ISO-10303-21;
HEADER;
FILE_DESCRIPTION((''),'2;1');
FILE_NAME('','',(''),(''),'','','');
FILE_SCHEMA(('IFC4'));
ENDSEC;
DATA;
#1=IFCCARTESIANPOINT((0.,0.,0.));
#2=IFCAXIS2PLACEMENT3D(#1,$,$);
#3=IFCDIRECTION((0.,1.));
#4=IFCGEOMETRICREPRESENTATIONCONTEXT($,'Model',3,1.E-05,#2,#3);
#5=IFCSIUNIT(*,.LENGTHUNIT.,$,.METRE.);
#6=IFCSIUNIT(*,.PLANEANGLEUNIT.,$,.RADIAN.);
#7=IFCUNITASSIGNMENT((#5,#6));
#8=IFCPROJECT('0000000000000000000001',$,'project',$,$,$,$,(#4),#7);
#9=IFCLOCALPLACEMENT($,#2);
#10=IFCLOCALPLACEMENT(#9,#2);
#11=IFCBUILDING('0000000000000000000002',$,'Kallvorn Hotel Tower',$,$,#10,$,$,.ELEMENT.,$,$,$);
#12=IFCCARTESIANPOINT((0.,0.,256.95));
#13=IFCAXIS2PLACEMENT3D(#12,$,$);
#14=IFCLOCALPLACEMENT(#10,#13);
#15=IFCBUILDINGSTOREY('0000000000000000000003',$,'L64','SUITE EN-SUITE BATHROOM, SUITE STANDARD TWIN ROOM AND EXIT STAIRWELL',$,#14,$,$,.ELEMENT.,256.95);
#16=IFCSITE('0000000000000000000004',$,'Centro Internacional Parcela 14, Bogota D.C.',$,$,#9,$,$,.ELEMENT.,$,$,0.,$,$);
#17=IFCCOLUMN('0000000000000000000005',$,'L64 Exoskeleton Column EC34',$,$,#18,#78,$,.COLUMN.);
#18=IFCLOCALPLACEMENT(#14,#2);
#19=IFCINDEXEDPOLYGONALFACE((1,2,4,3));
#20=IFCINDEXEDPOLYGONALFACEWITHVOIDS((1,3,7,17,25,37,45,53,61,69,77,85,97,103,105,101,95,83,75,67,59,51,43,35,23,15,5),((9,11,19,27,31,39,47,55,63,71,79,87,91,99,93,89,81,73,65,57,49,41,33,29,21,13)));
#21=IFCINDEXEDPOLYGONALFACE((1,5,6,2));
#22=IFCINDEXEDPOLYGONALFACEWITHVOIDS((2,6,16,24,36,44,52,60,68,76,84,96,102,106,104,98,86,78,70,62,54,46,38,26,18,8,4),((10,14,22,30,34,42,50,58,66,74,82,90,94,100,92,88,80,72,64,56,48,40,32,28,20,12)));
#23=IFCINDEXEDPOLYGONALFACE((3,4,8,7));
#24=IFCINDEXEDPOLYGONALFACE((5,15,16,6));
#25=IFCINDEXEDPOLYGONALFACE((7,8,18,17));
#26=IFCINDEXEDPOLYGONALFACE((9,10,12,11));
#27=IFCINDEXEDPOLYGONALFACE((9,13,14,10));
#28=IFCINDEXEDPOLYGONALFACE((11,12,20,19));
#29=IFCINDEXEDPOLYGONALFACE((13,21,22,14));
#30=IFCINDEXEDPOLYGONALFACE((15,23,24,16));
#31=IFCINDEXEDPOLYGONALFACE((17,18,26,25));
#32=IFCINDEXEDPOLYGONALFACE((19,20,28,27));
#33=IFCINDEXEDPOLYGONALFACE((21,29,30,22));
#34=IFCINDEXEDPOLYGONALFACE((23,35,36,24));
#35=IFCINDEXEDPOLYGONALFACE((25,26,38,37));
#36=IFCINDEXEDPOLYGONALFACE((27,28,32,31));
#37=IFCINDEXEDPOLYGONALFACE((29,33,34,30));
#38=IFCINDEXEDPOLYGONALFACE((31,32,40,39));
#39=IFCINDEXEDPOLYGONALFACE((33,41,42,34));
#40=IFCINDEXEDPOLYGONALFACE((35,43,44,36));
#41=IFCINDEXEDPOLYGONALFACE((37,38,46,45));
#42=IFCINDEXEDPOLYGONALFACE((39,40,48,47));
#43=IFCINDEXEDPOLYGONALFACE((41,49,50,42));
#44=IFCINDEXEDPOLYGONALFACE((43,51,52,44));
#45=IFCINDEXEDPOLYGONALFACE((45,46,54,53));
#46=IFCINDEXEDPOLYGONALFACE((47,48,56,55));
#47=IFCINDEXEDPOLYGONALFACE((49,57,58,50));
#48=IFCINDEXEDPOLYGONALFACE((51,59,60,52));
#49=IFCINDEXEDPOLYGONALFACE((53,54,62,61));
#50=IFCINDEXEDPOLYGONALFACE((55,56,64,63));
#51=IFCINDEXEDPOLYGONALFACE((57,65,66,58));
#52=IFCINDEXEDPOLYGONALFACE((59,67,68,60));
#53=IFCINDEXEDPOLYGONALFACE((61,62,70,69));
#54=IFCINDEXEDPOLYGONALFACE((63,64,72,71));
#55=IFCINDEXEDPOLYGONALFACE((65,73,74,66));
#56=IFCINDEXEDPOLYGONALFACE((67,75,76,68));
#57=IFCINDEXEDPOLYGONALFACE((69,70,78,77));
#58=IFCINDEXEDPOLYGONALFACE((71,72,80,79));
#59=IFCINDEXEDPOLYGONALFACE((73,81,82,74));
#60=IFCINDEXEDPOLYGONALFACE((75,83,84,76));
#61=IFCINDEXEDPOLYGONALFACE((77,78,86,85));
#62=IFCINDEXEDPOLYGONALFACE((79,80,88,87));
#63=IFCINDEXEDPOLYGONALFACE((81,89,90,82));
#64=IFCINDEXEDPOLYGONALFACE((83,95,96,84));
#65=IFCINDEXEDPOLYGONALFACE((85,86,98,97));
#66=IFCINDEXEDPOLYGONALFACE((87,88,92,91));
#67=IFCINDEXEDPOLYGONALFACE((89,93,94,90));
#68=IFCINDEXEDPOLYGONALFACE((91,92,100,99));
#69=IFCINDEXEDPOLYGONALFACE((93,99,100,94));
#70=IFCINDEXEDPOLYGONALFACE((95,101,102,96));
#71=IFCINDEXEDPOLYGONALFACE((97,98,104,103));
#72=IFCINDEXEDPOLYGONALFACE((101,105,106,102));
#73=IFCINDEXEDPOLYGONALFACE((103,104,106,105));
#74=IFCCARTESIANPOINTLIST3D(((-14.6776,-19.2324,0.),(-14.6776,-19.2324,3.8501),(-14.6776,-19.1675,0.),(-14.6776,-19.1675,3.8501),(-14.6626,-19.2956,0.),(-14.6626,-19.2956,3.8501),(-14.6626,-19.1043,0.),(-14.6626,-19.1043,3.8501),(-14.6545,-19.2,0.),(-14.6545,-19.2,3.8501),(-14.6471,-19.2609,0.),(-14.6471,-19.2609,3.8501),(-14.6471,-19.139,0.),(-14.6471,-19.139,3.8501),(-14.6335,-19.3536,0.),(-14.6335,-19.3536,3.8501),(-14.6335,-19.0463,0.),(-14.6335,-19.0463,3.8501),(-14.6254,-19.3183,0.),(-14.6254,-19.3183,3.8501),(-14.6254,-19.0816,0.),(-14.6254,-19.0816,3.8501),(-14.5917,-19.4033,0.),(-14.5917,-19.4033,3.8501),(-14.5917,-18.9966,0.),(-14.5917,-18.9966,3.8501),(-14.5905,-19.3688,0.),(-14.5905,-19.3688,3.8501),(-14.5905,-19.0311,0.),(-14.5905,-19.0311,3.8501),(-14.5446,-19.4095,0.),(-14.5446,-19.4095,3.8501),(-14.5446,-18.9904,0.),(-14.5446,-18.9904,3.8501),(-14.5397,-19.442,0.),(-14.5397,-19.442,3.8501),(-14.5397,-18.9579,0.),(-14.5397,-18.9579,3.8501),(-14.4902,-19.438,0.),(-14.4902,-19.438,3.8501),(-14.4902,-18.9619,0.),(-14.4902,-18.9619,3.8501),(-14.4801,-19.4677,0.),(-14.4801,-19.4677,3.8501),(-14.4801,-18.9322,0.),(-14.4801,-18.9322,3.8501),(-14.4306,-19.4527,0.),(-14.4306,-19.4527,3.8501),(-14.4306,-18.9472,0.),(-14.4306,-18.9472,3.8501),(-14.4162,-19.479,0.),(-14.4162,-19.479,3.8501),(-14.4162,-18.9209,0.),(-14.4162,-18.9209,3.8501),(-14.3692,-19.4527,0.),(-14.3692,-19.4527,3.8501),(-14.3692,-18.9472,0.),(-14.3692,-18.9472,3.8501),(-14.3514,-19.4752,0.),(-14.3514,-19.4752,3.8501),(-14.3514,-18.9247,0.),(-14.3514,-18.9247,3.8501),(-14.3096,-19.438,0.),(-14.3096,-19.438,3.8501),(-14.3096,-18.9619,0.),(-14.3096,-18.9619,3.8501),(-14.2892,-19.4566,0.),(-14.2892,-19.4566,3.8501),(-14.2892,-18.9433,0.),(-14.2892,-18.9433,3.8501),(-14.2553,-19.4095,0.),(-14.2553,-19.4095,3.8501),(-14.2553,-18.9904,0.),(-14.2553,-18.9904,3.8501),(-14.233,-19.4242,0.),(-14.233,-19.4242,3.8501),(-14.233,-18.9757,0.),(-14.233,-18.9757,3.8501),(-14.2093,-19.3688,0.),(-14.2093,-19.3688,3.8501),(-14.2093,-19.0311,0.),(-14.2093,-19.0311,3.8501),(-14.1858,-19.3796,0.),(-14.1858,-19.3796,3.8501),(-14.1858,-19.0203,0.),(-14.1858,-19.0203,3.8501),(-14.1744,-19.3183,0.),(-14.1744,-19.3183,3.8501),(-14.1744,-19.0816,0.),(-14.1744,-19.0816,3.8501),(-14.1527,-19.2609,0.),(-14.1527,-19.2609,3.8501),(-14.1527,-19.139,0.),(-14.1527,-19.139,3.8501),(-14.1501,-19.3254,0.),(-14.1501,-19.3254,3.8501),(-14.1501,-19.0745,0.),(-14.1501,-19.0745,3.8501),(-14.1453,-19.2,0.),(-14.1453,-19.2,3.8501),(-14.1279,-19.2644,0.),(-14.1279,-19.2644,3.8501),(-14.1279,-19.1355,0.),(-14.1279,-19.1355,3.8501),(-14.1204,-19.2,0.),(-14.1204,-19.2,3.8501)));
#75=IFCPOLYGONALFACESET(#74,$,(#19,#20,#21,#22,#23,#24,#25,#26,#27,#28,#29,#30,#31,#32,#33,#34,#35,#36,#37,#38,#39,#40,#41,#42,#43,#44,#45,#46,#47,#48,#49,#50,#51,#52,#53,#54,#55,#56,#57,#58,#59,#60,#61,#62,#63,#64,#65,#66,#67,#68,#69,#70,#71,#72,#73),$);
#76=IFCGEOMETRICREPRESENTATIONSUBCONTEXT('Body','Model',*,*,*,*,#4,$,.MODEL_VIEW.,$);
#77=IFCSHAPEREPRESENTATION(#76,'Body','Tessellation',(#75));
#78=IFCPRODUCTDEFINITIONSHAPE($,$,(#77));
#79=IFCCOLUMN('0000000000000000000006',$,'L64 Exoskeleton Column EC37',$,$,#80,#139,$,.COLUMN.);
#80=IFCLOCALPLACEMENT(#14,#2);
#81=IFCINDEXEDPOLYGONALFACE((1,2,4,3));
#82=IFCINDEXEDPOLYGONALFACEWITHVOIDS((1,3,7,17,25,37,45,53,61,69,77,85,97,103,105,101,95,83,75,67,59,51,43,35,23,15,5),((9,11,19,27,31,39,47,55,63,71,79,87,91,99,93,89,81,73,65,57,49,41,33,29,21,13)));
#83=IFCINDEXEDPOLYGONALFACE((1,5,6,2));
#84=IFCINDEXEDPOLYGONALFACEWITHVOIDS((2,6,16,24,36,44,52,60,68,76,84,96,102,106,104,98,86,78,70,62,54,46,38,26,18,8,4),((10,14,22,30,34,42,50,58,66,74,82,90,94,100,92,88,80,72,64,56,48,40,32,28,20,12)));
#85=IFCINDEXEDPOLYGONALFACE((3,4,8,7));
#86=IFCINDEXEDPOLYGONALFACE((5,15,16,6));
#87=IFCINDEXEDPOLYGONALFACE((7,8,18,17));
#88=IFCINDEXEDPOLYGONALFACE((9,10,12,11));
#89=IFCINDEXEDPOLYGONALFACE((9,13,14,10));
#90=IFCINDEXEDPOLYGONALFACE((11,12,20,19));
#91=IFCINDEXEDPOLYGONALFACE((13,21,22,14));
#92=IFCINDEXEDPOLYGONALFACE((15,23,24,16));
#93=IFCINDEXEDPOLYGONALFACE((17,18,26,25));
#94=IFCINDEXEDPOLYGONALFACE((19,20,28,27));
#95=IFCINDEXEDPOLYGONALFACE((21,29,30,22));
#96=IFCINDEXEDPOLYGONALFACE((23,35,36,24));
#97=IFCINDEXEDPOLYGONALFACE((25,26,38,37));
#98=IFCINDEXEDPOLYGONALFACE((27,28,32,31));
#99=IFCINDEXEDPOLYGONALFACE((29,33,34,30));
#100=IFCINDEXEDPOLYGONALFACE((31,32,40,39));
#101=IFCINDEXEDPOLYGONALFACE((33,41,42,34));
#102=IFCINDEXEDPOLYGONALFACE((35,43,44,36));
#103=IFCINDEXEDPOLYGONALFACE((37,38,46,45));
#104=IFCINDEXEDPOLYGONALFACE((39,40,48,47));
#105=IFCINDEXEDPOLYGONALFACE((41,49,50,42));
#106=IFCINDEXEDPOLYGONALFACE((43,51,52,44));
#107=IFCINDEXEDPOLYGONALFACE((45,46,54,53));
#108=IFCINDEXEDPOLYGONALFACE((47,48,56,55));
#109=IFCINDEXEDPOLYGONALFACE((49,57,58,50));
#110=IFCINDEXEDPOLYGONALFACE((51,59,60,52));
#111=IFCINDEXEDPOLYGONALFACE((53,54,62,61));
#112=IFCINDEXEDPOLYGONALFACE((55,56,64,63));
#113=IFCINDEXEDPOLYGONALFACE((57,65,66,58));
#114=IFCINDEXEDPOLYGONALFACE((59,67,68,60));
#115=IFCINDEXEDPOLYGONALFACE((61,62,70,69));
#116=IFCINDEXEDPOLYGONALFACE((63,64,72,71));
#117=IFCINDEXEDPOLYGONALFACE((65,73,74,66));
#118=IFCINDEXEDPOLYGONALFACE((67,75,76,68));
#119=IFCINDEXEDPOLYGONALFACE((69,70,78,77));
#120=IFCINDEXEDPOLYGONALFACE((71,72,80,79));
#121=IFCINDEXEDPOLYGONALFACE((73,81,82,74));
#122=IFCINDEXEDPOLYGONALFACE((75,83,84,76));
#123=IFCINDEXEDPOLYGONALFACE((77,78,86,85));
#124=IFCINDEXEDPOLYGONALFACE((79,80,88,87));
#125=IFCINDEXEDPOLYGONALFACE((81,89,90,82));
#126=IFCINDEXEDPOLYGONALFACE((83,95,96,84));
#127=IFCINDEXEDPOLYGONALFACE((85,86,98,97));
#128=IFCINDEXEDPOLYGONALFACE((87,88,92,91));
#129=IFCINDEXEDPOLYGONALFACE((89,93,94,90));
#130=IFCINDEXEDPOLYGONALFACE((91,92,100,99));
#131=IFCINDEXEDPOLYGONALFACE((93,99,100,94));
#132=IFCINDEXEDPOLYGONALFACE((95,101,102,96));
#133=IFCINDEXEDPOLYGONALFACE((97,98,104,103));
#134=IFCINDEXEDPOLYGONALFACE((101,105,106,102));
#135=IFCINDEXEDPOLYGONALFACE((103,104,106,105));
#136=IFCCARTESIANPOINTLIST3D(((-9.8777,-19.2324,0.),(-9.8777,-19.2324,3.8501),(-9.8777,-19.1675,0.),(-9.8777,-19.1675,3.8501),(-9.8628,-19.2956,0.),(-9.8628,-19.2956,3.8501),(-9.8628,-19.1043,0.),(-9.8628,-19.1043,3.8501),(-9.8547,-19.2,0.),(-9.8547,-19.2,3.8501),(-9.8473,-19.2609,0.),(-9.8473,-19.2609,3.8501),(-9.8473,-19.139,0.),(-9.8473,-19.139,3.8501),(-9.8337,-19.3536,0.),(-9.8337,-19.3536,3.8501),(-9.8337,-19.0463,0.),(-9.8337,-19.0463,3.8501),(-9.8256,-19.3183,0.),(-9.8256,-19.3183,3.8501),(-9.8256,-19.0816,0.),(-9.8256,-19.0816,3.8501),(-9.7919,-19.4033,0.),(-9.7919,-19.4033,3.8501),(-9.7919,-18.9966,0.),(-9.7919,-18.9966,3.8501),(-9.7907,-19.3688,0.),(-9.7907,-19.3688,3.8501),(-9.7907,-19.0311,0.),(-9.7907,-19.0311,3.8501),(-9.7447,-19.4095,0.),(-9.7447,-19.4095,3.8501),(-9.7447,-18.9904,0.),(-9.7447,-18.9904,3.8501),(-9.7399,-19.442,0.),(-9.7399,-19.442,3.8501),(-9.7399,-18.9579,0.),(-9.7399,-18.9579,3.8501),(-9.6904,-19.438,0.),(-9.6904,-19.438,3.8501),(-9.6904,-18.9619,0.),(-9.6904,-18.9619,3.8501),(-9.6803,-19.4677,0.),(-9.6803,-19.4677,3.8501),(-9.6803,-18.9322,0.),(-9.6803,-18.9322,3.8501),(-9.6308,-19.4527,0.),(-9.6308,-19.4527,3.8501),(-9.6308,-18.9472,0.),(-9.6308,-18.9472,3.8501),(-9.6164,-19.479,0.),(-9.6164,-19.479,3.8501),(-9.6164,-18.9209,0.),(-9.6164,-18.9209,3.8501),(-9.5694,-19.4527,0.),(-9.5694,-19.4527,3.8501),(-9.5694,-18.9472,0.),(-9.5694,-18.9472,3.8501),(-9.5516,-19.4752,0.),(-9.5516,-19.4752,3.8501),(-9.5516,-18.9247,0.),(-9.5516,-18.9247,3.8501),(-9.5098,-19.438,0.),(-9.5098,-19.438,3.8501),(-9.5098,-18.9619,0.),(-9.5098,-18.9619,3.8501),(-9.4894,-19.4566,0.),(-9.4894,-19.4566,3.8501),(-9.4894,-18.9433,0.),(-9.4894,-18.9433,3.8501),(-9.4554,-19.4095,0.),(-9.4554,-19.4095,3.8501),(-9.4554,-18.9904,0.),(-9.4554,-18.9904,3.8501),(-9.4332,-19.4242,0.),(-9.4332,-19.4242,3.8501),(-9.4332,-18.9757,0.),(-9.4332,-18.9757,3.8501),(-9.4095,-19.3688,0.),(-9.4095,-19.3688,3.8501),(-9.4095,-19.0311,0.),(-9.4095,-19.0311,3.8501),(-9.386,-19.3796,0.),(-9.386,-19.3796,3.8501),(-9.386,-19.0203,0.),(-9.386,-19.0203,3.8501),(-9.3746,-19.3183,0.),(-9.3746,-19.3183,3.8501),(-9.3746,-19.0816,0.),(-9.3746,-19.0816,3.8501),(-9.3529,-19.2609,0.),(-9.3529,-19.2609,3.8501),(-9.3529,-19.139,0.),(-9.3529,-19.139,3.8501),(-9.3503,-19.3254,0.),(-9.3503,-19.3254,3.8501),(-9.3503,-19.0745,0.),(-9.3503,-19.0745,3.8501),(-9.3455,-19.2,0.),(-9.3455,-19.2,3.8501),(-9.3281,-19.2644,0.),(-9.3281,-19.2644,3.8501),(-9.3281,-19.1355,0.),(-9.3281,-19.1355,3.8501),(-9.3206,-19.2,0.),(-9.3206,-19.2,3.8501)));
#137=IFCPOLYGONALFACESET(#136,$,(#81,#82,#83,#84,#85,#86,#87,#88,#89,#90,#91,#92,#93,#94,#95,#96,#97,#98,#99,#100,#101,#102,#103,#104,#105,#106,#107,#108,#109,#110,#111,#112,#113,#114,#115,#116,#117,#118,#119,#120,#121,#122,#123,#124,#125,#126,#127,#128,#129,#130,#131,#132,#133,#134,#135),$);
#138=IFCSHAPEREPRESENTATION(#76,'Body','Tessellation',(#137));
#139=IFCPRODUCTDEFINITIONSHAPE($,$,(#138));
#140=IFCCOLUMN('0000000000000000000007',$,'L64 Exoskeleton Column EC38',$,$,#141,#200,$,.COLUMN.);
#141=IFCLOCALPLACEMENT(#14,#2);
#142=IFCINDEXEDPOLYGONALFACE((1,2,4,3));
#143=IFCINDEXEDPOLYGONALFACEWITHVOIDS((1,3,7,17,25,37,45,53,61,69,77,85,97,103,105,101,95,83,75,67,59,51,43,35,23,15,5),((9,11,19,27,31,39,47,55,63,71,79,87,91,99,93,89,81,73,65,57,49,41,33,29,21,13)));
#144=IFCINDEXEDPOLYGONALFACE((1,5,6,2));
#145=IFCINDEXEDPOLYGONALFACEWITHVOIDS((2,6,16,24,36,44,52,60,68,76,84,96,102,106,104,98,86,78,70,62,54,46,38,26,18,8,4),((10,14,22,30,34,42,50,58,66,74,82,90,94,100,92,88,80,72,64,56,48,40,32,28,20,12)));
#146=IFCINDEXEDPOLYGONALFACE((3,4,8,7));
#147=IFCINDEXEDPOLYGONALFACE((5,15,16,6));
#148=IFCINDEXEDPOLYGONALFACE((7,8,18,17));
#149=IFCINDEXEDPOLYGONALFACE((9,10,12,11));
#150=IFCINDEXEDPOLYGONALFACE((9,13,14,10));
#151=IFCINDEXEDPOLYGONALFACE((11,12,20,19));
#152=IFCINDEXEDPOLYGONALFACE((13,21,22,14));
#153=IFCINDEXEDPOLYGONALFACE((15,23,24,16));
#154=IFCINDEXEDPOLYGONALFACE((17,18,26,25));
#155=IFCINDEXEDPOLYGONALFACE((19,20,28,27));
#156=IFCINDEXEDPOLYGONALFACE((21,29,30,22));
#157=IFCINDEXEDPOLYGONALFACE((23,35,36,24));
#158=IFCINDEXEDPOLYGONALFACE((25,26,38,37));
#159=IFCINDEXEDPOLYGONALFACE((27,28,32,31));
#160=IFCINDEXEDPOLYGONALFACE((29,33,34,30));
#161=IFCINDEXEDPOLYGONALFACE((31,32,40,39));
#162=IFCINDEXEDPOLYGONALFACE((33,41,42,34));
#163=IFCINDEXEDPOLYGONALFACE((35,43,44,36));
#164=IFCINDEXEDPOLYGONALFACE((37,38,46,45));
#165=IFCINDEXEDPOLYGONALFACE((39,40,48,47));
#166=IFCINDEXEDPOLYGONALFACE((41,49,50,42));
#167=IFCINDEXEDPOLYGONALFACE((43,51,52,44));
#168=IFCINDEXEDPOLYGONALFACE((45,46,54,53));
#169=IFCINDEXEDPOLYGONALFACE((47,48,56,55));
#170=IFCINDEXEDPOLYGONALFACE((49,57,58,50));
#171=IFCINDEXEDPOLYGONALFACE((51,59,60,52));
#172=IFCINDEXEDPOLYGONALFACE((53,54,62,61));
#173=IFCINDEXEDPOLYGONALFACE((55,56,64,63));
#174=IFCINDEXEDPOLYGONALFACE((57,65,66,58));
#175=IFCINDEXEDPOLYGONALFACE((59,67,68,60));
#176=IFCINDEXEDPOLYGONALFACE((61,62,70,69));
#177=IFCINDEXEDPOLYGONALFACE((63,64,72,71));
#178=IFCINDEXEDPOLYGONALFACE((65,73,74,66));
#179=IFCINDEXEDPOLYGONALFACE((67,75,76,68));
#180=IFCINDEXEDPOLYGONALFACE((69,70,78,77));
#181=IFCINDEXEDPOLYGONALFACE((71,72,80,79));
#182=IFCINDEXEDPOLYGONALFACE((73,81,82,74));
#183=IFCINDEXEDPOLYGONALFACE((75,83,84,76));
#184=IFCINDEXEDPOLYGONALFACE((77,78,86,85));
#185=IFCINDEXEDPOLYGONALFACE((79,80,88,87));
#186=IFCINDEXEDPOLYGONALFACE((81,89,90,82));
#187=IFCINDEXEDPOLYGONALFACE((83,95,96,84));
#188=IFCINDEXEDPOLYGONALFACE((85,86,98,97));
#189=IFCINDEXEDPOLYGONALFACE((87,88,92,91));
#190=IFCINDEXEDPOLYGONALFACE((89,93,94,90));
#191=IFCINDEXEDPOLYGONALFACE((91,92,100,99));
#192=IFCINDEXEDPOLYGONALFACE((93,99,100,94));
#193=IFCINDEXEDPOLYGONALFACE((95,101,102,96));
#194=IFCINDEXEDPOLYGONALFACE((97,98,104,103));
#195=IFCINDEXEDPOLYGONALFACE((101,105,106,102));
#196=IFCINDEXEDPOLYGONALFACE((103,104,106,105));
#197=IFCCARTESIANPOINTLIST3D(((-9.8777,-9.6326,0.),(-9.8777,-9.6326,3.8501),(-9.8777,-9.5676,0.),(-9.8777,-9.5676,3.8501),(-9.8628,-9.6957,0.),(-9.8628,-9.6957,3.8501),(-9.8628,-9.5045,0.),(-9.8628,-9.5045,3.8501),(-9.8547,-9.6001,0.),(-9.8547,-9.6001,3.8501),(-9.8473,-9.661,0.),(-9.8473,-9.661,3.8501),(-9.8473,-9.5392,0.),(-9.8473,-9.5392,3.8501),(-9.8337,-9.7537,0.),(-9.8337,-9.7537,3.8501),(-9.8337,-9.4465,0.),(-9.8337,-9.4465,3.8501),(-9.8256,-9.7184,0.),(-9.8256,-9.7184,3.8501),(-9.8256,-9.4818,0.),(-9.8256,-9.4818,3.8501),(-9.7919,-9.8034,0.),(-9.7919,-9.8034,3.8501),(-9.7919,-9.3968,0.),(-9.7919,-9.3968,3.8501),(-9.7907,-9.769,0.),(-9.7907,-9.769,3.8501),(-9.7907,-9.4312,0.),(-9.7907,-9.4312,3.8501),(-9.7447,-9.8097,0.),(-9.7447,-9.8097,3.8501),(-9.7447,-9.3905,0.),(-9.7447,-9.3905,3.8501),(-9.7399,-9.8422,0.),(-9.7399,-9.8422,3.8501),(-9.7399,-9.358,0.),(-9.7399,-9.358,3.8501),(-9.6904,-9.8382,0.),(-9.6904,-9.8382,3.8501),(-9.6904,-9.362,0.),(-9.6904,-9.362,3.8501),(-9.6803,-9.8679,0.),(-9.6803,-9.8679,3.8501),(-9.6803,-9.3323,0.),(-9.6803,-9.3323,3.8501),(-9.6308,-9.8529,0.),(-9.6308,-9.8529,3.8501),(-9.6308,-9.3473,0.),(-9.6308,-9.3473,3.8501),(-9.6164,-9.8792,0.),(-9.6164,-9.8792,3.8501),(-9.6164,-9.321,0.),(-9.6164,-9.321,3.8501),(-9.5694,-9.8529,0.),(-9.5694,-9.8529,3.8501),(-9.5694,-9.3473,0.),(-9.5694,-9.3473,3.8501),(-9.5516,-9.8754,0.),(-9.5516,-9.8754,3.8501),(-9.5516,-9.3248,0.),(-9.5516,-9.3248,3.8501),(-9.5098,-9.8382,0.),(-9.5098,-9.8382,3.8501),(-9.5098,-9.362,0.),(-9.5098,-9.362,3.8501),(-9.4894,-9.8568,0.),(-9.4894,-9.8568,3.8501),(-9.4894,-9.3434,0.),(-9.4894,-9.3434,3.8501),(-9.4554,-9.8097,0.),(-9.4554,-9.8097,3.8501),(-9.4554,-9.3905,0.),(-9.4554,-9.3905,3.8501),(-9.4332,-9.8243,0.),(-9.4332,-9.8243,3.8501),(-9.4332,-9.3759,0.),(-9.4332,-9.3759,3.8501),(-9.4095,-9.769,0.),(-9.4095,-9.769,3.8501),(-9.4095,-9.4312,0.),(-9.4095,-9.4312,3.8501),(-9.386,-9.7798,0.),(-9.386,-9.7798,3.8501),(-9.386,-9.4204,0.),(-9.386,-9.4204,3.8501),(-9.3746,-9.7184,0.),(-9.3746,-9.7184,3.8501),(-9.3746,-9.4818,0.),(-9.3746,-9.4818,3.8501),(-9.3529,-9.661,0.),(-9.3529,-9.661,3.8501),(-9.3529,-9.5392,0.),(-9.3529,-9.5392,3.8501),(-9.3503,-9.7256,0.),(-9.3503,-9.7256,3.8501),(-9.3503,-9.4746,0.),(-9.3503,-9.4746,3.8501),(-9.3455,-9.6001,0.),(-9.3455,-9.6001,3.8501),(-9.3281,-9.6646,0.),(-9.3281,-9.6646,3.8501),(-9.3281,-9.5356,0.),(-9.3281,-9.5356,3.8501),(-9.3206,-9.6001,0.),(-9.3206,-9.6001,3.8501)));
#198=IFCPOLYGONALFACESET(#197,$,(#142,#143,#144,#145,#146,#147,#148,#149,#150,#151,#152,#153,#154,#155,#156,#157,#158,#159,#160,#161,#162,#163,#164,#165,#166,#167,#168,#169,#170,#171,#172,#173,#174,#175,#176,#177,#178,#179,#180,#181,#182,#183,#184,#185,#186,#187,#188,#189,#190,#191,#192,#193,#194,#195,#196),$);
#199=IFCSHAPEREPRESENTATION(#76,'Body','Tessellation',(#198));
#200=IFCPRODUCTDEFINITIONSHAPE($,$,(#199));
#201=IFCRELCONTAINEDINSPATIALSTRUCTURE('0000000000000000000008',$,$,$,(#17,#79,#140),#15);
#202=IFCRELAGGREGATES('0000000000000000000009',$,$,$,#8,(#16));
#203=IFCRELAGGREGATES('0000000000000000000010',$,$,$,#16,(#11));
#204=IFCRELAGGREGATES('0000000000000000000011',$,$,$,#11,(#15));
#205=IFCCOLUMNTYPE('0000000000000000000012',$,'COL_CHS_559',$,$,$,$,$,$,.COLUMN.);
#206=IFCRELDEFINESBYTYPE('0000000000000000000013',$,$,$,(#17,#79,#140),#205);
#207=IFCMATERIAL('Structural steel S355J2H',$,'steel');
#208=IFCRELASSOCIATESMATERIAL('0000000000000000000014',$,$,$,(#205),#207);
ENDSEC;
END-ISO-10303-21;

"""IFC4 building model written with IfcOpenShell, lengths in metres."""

from ifc_helpers import new_model, si_unit, direction, frame, origin, origin_2d, place, context, subcontext, project, spatial, hollow_circle, extrude, material, material_profile, profile_set, type_object, element, save


model = new_model("IFC4")

# Units and contexts
model_context = context("Model", 3, precision=1e-05, world=origin(), true_north=direction((0.0, 1.0)))
body_context = subcontext(model_context, "Body", "Model", "MODEL_VIEW")
ifc_project = project(units=[si_unit("LENGTHUNIT", "METRE"), si_unit("PLANEANGLEUNIT", "RADIAN")], contexts=[model_context])

# Site, building, storey
site_placement = place(None, origin())
site = spatial("IfcSite", under=ifc_project, at=site_placement, Name="Centro Internacional Parcela 14, Bogota D.C.", CompositionType="ELEMENT", RefElevation=0.0)
building_placement = place(site_placement, origin())
building = spatial("IfcBuilding", under=site, at=building_placement, Name="Kallvorn Hotel Tower", CompositionType="ELEMENT")
storey_placement = place(building_placement, frame((0.0, 0.0, 256.95)))
storey = spatial("IfcBuildingStorey", under=building, at=storey_placement, Name="L64", Description="SUITE EN-SUITE BATHROOM, SUITE STANDARD TWIN ROOM AND EXIT STAIRWELL", CompositionType="ELEMENT", Elevation=256.95)

# Columns
ifc_material_1 = material(Name="Structural steel S355J2H", Category="steel")
ifc_material_profile_1 = material_profile(ifc_material_1, hollow_circle(Radius=0.2795, WallThickness=0.0249, at=origin_2d()), Name="CHS 559x25")
ifc_profile_set_1 = profile_set([ifc_material_profile_1], Name="Structural steel S355J2H")
column_type_1 = type_object("IfcColumnType", Name="COL_CHS_559", PredefinedType="COLUMN", material=ifc_profile_set_1)
for number, where, z_axis, x_axis, name in (
    (1, (-14.3999, -19.2, 0.0), (0.0, 0.0, 1.0), (1.0, 0.0, 0.0), "L64 Exoskeleton Column EC34"),
    (2, (-9.6001, -19.2, 0.0), (0.0, 0.0, 1.0), (1.0, 0.0, 0.0), "L64 Exoskeleton Column EC37"),
    (3, (-9.6001, -9.6001, 0.0), (0.0, 0.0, 1.0), (1.0, 0.0, 0.0), "L64 Exoskeleton Column EC38"),
):
    element("IfcColumn", number, at=place(storey_placement, frame(where, z_axis=z_axis, x_axis=x_axis)), inside=storey, type_object=column_type_1, Name=name, PredefinedType="COLUMN", context=body_context, shape_type="SweptSolid", body=[
        extrude(hollow_circle(Radius=0.2795, WallThickness=0.0249, at=origin_2d()), origin(), (0.0, 0.0, 1.0), 3.8501),
    ])

save(model, "model.ifc")
